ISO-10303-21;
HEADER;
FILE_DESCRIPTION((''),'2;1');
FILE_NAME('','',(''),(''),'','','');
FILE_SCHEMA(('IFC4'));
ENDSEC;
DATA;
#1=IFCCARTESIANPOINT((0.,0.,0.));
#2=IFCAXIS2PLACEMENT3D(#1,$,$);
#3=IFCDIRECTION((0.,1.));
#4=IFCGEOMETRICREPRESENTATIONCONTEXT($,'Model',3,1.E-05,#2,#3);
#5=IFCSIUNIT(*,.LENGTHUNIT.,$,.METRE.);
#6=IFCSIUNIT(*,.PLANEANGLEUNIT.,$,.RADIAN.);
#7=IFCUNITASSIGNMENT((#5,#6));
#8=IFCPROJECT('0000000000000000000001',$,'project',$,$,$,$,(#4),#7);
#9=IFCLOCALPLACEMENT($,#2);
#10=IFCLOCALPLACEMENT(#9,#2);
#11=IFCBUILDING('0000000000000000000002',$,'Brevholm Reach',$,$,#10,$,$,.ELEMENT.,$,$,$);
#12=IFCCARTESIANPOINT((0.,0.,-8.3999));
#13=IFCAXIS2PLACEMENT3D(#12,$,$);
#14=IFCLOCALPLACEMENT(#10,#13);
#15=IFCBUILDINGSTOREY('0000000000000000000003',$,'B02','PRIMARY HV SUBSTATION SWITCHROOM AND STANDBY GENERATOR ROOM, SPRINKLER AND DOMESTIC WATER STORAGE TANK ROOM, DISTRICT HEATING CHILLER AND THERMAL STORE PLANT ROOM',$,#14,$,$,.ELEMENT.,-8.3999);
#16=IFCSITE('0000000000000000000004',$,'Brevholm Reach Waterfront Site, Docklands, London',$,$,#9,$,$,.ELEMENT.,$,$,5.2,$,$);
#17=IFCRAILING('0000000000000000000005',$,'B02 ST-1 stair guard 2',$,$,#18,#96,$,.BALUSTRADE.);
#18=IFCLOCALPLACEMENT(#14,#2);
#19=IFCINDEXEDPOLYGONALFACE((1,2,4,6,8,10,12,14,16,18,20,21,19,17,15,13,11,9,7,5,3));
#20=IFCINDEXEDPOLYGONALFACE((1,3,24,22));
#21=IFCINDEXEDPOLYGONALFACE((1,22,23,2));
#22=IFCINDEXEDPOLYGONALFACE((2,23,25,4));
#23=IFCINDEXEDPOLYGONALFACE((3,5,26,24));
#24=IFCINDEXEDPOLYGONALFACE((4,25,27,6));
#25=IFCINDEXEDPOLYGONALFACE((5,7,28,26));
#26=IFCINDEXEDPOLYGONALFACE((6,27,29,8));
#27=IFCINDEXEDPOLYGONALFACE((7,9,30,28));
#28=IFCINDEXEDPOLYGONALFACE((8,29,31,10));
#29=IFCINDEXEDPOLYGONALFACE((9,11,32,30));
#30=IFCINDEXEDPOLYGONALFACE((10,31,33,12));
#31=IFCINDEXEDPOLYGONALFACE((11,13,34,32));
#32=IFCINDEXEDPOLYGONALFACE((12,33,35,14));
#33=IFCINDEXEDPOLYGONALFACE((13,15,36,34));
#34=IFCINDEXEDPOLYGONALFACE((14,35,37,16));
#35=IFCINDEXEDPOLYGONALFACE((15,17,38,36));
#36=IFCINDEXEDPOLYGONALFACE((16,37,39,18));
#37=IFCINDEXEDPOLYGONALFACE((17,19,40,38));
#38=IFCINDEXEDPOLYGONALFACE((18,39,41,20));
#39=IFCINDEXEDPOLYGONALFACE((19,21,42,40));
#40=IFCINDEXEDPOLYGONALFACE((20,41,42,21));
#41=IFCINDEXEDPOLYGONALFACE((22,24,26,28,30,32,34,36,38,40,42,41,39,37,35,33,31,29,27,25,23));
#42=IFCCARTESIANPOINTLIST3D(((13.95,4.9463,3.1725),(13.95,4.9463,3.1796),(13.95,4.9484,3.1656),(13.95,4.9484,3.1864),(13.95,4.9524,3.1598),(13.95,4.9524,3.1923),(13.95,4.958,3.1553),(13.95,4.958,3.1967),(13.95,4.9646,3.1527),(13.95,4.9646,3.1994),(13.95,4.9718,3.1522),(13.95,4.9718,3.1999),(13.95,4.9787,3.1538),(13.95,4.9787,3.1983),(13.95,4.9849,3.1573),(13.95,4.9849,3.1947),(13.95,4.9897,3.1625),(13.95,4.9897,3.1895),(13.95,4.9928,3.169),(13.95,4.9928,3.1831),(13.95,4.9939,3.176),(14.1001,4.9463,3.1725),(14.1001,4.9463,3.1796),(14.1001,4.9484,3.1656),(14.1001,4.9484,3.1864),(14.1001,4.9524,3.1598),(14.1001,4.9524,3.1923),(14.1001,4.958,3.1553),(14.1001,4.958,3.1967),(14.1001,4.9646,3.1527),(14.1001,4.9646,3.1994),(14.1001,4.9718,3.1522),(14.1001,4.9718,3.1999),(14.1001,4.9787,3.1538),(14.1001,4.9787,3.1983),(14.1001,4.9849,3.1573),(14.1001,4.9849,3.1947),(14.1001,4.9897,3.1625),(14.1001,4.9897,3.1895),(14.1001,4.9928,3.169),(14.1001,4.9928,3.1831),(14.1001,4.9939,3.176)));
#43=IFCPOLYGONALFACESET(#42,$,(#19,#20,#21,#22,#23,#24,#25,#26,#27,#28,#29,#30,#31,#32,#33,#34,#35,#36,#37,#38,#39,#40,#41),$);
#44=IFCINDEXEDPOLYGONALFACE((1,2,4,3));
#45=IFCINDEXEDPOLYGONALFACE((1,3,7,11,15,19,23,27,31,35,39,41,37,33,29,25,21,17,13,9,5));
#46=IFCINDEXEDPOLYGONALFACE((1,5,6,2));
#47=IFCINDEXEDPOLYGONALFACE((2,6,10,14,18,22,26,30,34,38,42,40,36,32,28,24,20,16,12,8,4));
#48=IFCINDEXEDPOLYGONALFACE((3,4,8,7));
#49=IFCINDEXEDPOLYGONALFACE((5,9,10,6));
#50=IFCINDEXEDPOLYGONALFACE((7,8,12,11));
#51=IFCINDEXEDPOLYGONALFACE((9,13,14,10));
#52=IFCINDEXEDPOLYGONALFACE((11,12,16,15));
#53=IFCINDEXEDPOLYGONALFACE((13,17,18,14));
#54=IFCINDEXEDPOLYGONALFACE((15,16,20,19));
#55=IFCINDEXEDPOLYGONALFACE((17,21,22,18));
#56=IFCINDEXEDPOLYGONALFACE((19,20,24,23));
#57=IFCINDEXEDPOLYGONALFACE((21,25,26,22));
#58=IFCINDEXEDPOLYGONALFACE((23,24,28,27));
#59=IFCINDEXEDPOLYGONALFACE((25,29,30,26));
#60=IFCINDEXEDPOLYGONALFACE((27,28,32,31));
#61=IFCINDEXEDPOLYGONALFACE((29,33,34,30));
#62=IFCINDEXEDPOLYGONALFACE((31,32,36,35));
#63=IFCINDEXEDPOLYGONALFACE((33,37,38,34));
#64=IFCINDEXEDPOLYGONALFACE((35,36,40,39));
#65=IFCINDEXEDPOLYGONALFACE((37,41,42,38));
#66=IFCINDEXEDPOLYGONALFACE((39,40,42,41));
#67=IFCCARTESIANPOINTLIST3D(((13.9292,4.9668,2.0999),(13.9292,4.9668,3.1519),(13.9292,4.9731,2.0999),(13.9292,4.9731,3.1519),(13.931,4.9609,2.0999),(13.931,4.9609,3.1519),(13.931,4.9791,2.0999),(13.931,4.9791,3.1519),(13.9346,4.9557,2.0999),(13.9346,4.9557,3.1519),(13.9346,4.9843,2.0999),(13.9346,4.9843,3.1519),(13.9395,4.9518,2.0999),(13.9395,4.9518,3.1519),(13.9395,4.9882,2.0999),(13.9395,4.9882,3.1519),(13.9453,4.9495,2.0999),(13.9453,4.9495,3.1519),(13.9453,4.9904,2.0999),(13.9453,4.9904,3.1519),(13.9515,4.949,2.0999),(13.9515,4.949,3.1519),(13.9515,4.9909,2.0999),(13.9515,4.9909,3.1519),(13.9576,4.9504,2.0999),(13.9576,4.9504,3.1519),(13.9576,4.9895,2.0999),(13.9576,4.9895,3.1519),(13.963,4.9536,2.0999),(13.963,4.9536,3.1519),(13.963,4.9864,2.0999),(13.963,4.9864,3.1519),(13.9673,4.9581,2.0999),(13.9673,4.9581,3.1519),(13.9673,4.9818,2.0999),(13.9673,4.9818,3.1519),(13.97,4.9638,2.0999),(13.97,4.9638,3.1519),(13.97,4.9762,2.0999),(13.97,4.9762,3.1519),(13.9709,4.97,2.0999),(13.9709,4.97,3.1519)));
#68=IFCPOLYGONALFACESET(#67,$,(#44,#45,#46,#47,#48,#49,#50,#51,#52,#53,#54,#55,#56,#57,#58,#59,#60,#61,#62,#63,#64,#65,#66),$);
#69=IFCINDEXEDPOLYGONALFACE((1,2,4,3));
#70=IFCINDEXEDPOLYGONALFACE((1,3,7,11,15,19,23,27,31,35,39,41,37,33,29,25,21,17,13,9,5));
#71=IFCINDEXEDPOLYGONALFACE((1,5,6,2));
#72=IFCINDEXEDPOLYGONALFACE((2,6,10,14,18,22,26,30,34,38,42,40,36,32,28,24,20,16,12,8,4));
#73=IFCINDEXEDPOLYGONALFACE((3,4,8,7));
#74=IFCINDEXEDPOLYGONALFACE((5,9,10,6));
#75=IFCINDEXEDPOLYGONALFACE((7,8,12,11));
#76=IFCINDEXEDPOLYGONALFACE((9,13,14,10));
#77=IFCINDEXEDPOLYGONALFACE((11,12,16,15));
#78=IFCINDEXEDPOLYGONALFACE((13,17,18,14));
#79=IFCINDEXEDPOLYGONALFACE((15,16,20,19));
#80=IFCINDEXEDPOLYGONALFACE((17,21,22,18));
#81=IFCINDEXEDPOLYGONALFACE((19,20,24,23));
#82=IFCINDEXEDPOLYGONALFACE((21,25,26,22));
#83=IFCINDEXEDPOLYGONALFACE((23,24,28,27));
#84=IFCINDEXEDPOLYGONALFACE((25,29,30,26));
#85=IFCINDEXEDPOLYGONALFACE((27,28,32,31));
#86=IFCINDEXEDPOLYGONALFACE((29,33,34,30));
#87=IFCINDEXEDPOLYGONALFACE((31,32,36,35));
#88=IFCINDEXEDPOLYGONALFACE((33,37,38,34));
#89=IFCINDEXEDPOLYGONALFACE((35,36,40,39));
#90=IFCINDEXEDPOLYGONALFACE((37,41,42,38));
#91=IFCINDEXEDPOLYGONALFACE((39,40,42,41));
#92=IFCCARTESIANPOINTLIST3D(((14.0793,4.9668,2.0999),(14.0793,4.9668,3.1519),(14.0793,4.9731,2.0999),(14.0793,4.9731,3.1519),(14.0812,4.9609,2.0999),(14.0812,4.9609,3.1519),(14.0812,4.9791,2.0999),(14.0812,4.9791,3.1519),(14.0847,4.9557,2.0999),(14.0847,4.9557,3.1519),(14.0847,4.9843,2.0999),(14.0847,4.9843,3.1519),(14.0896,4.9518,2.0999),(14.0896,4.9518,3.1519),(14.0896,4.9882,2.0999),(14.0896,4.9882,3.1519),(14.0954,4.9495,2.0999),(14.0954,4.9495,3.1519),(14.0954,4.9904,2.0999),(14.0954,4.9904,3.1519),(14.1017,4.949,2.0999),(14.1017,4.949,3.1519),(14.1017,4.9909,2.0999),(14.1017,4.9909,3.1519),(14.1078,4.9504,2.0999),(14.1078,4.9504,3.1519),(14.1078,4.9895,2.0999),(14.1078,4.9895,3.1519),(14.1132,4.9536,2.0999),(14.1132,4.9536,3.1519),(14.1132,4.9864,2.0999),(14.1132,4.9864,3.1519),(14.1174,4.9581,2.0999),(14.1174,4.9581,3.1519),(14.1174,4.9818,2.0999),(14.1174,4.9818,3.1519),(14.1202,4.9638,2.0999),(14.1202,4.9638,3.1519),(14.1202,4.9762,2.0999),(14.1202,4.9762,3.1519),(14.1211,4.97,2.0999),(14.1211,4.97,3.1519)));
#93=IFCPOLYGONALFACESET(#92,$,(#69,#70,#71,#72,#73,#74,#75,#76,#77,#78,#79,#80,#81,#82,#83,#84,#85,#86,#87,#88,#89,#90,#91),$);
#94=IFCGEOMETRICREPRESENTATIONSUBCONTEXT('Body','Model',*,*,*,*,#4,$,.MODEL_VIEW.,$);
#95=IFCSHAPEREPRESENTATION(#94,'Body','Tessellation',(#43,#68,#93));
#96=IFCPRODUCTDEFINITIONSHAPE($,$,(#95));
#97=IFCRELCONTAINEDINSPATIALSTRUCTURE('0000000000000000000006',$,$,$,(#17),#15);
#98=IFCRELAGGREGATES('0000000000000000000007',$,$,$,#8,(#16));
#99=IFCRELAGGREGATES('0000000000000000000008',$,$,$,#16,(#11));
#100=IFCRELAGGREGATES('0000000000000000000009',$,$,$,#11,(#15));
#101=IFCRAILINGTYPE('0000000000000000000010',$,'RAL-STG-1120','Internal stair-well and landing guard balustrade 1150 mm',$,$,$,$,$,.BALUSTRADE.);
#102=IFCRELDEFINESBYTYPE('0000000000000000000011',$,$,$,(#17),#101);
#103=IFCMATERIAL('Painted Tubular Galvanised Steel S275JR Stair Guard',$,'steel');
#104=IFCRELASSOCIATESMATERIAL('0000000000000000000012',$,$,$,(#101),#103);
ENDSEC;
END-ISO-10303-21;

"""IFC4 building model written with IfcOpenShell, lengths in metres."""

from ifc_helpers import new_model, si_unit, direction, frame, origin, origin_2d, place, context, subcontext, project, spatial, circle, extrude, material, type_object, element, save


model = new_model("IFC4")

# Units and contexts
model_context = context("Model", 3, precision=1e-05, world=origin(), true_north=direction((0.0, 1.0)))
body_context = subcontext(model_context, "Body", "Model", "MODEL_VIEW")
ifc_project = project(units=[si_unit("LENGTHUNIT", "METRE"), si_unit("PLANEANGLEUNIT", "RADIAN")], contexts=[model_context])

# Site, building, storey
site_placement = place(None, origin())
site = spatial("IfcSite", under=ifc_project, at=site_placement, Name="Brevholm Reach Waterfront Site, Docklands, London", CompositionType="ELEMENT", RefElevation=5.2)
building_placement = place(site_placement, origin())
building = spatial("IfcBuilding", under=site, at=building_placement, Name="Brevholm Reach", CompositionType="ELEMENT")
storey_placement = place(building_placement, frame((0.0, 0.0, -8.3999)))
storey = spatial("IfcBuildingStorey", under=building, at=storey_placement, Name="B02", Description="PRIMARY HV SUBSTATION SWITCHROOM AND STANDBY GENERATOR ROOM, SPRINKLER AND DOMESTIC WATER STORAGE TANK ROOM, DISTRICT HEATING CHILLER AND THERMAL STORE PLANT ROOM", CompositionType="ELEMENT", Elevation=-8.3999)

# Railing
ifc_material_1 = material(Name="Painted Tubular Galvanised Steel S275JR Stair Guard", Category="steel")
railing_type_1 = type_object("IfcRailingType", Name="RAL-STG-1120", Description="Internal stair-well and landing guard balustrade 1150 mm", PredefinedType="BALUSTRADE", material=ifc_material_1)
railing_1_placement = place(storey_placement, frame((13.95, 4.97, 2.0999)))
element("IfcRailing", 1, at=railing_1_placement, inside=storey, type_object=railing_type_1, Name="B02 ST-1 stair guard 2", PredefinedType="BALUSTRADE", context=body_context, shape_type="SweptSolid", body=[
    extrude(circle(Radius=0.0239, at=origin_2d()), frame((0.0, 0.0, 1.0762), z_axis=(1.0, 0.0, 0.0), x_axis=(0.0, 1.0, 0.0)), (0.0, 0.0, 1.0), 0.1501),
    extrude(circle(Radius=0.021, at=origin_2d()), origin(), (0.0, 0.0, 1.0), 1.052),
    extrude(circle(Radius=0.021, at=origin_2d()), frame((0.1501, 0.0, 0.0)), (0.0, 0.0, 1.0), 1.052),
])

save(model, "model.ifc")
